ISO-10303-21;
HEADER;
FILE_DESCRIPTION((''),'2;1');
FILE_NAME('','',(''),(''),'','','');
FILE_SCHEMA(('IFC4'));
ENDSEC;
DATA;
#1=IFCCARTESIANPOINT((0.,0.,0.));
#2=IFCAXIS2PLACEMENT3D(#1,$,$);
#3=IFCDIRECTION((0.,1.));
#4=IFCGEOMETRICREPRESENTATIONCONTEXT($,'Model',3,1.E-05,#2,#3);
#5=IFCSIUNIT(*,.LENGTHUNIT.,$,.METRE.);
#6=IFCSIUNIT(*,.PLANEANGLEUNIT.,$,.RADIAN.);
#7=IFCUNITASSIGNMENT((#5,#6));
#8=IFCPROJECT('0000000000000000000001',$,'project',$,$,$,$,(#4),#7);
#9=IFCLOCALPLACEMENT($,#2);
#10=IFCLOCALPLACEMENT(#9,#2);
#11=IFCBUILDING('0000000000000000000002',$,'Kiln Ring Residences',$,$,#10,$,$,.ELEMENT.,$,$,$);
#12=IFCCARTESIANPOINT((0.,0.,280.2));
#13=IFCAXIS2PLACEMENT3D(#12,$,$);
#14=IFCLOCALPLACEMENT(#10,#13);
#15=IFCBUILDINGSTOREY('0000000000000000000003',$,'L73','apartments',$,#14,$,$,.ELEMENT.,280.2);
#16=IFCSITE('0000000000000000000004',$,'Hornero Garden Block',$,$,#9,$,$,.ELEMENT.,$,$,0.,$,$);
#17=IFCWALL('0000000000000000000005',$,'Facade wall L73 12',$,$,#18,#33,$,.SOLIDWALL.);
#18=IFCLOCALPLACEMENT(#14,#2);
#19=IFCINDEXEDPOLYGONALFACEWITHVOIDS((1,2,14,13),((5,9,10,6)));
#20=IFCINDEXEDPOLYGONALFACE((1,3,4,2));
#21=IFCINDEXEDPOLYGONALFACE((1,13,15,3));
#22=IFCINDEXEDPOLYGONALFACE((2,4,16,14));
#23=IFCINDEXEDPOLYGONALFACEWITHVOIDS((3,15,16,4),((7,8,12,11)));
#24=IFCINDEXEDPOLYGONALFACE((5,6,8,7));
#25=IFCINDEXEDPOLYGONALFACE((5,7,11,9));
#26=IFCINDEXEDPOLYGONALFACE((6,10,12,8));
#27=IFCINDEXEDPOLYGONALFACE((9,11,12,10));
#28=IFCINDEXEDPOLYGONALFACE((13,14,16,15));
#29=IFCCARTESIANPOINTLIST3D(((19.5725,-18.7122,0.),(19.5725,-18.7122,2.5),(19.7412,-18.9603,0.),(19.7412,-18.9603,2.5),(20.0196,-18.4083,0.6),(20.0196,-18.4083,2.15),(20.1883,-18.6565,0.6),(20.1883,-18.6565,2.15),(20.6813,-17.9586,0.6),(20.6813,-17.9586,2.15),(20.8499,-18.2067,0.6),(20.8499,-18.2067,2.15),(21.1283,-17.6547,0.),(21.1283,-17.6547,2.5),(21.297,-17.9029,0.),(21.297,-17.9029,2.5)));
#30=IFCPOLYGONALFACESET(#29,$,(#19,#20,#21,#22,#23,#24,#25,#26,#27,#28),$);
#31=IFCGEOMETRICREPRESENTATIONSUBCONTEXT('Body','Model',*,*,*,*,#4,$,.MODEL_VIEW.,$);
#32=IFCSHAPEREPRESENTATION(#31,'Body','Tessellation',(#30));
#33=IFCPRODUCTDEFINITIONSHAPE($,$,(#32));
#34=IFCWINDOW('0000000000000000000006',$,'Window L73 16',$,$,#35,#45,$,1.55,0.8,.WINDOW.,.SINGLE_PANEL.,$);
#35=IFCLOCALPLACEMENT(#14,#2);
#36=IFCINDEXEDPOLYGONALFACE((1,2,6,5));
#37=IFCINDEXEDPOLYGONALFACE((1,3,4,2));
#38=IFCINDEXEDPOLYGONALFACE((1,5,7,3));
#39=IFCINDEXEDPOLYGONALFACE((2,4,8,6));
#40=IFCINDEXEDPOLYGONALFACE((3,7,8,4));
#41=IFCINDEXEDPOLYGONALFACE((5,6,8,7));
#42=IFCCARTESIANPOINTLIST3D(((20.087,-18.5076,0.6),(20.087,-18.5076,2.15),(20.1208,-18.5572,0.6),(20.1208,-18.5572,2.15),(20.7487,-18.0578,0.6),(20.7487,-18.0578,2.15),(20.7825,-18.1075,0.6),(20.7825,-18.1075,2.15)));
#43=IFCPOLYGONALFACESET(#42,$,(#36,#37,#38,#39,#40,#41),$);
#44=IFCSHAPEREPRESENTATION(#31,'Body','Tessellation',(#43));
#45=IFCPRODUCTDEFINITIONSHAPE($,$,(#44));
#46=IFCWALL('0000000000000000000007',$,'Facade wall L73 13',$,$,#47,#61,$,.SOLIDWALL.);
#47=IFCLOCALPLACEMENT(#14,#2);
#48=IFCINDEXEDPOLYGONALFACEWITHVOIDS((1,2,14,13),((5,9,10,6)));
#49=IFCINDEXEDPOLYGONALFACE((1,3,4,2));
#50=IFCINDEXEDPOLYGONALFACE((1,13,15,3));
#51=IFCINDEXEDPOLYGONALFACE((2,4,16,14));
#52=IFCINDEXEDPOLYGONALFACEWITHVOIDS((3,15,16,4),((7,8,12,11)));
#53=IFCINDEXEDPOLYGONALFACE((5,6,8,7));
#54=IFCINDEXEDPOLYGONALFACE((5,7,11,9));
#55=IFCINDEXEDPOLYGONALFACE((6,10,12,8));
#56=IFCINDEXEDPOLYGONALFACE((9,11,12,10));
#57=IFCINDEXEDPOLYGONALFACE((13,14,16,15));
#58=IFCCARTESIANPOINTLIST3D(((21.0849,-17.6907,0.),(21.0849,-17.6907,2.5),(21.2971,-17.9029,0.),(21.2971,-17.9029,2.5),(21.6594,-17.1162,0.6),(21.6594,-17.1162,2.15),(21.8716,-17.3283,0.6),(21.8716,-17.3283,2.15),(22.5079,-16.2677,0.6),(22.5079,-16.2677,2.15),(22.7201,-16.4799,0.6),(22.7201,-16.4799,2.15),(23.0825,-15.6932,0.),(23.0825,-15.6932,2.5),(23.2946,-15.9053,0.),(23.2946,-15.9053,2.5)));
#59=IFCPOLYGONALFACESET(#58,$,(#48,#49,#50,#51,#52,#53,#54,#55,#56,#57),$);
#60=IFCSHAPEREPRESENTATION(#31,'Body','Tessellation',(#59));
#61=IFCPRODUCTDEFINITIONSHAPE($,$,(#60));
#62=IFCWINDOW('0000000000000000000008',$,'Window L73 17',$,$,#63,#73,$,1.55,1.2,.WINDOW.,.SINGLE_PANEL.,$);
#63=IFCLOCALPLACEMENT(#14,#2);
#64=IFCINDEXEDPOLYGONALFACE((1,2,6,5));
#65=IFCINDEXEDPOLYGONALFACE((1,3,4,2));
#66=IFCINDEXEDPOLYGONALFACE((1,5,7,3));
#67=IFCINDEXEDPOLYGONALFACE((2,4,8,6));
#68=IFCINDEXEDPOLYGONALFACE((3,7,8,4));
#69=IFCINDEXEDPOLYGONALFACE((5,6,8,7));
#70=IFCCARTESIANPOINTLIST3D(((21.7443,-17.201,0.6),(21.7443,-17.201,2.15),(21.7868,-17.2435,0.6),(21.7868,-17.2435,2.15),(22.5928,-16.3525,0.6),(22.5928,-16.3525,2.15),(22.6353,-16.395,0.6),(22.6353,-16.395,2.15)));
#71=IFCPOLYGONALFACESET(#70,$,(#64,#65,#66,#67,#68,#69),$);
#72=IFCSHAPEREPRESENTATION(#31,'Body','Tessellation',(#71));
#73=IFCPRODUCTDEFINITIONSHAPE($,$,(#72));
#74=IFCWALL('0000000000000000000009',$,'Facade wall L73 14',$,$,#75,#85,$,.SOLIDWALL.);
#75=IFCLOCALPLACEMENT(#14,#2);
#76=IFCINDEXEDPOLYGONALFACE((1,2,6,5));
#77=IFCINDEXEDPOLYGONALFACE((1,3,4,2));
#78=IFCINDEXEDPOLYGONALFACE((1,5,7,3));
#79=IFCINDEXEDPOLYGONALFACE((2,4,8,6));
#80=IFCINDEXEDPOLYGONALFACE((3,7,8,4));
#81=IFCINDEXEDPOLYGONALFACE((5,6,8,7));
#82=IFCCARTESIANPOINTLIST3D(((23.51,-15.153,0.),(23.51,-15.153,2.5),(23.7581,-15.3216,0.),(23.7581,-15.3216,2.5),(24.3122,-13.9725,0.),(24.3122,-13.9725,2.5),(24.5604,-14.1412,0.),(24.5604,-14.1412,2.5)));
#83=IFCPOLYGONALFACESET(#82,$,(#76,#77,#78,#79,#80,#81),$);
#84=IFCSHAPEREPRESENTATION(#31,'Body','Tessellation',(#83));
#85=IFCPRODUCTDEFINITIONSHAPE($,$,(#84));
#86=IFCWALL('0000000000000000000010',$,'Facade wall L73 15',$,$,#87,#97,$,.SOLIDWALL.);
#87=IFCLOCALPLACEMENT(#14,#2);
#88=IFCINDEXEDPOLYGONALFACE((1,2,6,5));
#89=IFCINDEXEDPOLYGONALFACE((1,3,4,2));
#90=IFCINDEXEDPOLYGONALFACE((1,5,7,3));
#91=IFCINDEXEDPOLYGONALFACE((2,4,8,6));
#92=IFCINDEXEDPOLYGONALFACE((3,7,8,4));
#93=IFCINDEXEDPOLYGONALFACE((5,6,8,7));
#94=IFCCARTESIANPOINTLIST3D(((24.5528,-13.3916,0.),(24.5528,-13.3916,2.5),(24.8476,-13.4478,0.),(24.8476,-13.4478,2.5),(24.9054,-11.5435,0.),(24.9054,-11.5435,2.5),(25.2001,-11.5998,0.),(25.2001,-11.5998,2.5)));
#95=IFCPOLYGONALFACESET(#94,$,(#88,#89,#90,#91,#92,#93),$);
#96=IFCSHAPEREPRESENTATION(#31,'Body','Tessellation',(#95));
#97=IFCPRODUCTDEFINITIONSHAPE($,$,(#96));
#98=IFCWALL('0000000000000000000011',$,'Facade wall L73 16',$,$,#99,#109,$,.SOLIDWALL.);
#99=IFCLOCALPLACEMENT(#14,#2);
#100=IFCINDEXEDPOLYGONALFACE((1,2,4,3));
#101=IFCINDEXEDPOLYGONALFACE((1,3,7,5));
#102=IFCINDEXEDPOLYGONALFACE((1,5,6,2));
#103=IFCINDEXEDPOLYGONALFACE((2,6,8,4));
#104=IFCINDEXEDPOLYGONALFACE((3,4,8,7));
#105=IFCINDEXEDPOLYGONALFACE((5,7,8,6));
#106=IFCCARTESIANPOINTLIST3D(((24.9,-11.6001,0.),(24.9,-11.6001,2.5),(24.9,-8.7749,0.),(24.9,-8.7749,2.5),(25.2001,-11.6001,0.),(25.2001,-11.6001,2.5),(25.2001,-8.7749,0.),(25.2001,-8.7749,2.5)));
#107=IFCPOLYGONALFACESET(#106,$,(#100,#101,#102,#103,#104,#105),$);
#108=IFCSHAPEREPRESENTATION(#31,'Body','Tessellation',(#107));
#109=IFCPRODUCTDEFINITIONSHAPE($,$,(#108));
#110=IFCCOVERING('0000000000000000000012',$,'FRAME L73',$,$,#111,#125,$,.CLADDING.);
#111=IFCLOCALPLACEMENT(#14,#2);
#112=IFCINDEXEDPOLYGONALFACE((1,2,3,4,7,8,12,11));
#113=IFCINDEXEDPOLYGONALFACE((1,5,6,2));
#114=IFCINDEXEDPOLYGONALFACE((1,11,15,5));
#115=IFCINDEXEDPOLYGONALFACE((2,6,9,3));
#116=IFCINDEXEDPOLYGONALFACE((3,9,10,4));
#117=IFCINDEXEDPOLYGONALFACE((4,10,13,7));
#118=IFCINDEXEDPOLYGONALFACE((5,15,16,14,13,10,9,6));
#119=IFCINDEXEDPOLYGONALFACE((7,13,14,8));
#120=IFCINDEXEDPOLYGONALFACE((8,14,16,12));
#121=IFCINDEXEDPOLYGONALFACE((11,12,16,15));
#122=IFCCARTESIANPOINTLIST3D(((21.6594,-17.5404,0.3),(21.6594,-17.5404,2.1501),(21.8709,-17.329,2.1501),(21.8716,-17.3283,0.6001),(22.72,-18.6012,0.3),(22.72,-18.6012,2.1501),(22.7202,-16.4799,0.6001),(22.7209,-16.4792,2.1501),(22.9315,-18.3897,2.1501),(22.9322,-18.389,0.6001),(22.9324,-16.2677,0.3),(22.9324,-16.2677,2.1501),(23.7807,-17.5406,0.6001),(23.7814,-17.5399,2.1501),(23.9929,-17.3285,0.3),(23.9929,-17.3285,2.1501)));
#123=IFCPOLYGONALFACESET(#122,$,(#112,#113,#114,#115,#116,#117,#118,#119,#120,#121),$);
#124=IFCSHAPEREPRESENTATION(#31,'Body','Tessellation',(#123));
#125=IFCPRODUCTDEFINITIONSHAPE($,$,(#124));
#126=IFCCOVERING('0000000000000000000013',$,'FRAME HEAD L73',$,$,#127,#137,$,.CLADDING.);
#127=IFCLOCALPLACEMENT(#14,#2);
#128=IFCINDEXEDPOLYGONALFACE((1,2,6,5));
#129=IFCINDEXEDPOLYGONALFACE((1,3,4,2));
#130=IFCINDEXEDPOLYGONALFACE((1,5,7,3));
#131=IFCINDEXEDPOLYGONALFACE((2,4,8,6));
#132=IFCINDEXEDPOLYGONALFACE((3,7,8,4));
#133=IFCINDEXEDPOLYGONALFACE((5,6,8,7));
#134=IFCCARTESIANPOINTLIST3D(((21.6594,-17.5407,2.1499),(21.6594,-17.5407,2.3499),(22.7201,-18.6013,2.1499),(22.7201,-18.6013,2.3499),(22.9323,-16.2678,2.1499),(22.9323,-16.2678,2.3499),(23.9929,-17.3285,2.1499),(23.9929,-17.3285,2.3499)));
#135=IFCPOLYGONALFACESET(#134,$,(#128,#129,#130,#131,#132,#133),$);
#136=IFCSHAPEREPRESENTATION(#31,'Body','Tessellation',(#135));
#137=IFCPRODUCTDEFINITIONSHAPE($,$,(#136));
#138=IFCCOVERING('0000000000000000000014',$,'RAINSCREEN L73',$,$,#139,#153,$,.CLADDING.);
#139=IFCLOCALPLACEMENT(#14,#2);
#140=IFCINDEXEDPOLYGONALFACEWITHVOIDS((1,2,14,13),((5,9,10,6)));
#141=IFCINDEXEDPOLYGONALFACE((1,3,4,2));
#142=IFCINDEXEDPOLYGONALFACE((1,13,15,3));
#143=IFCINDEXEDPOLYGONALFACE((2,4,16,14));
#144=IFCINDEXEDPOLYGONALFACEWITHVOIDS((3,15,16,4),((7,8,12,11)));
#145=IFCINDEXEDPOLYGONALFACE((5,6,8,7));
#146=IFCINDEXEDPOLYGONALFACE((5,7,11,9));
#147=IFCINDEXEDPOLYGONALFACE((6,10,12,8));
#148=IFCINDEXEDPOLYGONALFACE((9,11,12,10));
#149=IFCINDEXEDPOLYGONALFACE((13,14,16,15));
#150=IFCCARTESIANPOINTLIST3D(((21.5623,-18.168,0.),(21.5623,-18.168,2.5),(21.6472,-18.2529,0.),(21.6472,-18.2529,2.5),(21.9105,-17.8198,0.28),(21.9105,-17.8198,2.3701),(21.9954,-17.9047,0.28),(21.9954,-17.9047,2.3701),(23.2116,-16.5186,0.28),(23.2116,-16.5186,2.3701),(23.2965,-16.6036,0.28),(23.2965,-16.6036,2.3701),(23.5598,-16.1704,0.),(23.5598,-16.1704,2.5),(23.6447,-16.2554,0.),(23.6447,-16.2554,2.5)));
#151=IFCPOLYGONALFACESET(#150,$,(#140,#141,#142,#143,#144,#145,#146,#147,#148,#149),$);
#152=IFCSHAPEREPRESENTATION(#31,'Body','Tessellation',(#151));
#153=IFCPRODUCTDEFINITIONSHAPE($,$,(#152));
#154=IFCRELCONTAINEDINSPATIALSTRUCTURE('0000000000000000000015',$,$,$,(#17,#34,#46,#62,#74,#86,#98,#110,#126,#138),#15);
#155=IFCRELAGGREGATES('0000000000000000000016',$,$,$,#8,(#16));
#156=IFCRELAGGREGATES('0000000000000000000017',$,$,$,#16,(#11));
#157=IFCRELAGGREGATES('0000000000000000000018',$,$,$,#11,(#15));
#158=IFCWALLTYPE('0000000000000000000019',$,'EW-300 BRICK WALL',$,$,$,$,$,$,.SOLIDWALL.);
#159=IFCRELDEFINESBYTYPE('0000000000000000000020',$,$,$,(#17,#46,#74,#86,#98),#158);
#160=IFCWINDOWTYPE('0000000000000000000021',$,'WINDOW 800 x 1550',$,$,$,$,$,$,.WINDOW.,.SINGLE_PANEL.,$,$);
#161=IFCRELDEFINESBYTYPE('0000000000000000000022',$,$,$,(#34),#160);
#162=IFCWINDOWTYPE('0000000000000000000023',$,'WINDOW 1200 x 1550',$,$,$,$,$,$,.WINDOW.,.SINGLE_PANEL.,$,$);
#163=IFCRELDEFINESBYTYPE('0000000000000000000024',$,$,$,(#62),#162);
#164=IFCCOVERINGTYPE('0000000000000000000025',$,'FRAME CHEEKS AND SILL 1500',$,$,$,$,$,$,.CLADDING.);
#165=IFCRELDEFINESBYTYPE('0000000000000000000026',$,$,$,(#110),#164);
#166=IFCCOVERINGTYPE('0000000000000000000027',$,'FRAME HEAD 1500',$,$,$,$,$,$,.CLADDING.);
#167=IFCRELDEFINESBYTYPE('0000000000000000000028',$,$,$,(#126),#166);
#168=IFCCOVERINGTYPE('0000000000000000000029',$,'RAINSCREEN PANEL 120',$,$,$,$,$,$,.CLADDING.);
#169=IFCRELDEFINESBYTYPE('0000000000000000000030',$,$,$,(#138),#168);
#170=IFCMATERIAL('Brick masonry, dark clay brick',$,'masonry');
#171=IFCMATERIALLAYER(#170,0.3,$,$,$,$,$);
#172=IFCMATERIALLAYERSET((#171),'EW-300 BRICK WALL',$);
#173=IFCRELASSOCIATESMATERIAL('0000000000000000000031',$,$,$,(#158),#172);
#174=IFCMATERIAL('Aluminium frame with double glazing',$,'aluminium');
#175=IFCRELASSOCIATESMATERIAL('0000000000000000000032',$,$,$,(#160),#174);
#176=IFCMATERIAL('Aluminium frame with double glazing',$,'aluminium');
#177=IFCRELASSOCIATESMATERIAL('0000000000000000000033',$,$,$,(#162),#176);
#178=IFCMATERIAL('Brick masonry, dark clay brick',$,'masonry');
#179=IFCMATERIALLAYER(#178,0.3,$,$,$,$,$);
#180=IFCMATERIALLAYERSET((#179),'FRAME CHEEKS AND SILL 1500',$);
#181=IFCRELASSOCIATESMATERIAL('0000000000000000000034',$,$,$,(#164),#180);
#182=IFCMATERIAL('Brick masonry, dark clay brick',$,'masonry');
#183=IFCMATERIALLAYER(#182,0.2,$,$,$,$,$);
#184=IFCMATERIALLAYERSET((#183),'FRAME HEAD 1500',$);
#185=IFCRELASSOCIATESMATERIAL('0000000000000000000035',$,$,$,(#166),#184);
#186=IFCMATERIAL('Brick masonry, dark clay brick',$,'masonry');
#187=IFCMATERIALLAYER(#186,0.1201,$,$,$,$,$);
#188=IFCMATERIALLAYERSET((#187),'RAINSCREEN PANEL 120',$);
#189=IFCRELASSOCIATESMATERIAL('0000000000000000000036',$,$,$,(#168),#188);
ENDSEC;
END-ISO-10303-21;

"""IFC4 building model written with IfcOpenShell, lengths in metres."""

from ifc_helpers import new_model, si_unit, direction, frame, frame_2d, origin, origin_2d, place, context, subcontext, project, spatial, polyline, rectangle, outline, extrude, material, layer, layer_set, type_object, element, fill, save


model = new_model("IFC4")

# Units and contexts
model_context = context("Model", 3, precision=1e-05, world=origin(), true_north=direction((0.0, 1.0)))
body_context = subcontext(model_context, "Body", "Model", "MODEL_VIEW")
ifc_project = project(units=[si_unit("LENGTHUNIT", "METRE"), si_unit("PLANEANGLEUNIT", "RADIAN")], contexts=[model_context])

# Site, building, storey
site_placement = place(None, origin())
site = spatial("IfcSite", under=ifc_project, at=site_placement, Name="Hornero Garden Block", CompositionType="ELEMENT", RefElevation=0.0)
building_placement = place(site_placement, origin())
building = spatial("IfcBuilding", under=site, at=building_placement, Name="Kiln Ring Residences", CompositionType="ELEMENT")
storey_placement = place(building_placement, frame((0.0, 0.0, 280.2)))
storey = spatial("IfcBuildingStorey", under=building, at=storey_placement, Name="L73", Description="apartments", CompositionType="ELEMENT", Elevation=280.2)

# Walls, openings, windows
ifc_material_1 = material(Name="Brick masonry, dark clay brick", Category="masonry")
ifc_layer_1 = layer(ifc_material_1, 0.3)
ifc_layer_set_1 = layer_set([ifc_layer_1], Name="EW-300 BRICK WALL")
wall_type_1 = type_object("IfcWallType", Name="EW-300 BRICK WALL", PredefinedType="SOLIDWALL", material=ifc_layer_set_1)
wall_1_placement = place(storey_placement, frame((19.657, -18.8362, 0.0), z_axis=(0.0, 0.0, 1.0), x_axis=(0.827045, 0.562136, 0.0)))
wall_1 = element("IfcWall", 1, at=wall_1_placement, inside=storey, type_object=wall_type_1, Name="Facade wall L73 12", PredefinedType="SOLIDWALL", context=body_context, shape_type="SweptSolid", body=[
    extrude(rectangle(XDim=1.8811, YDim=0.3, at=frame_2d((0.9404, 0.0))), origin(), (0.0, 0.0, 1.0), 2.5),
])
opening_1_placement = place(wall_1_placement, frame((0.5405, 0.0, 0.6001)))
opening_1 = element("IfcOpeningElement", 2, at=opening_1_placement, cuts=wall_1, PredefinedType="OPENING", context=body_context, shape_type="SweptSolid", body=[
    extrude(rectangle(XDim=0.8, YDim=1.55, at=frame_2d((0.3999, 0.7749))), frame((0.0, 0.1599, 0.0), z_axis=(0.0, -1.0, 0.0), x_axis=(1.0, 0.0, 0.0)), (0.0, 0.0, 1.0), 0.3201),
])
ifc_material_2 = material(Name="Aluminium frame with double glazing", Category="aluminium")
window_type_1 = type_object("IfcWindowType", Name="WINDOW 800 x 1550", PartitioningType="SINGLE_PANEL", PredefinedType="WINDOW", material=ifc_material_2)
window_1_placement = place(opening_1_placement, origin())
window_1 = element("IfcWindow", 3, at=window_1_placement, inside=storey, type_object=window_type_1, Name="Window L73 16", OverallHeight=1.55, OverallWidth=0.8, PartitioningType="SINGLE_PANEL", PredefinedType="WINDOW", context=body_context, shape_type="SweptSolid", body=[
    extrude(rectangle(XDim=0.8, YDim=1.55, at=frame_2d((0.3999, 0.7749))), frame((0.0, 0.03, 0.0), z_axis=(0.0, -1.0, 0.0), x_axis=(1.0, 0.0, 0.0)), (0.0, 0.0, 1.0), 0.0601),
])
fill(opening_1, window_1)
wall_2_placement = place(storey_placement, frame((21.1909, -17.7969, 0.0), z_axis=(0.0, 0.0, 1.0), x_axis=(0.707107, 0.707107, 0.0)))
wall_2 = element("IfcWall", 4, at=wall_2_placement, inside=storey, type_object=wall_type_1, Name="Facade wall L73 13", PredefinedType="SOLIDWALL", context=body_context, shape_type="SweptSolid", body=[
    extrude(rectangle(XDim=2.825, YDim=0.3, at=frame_2d((1.4126, 0.0))), origin(), (0.0, 0.0, 1.0), 2.5),
])
opening_2_placement = place(wall_2_placement, frame((0.8125, 0.0, 0.6001)))
opening_2 = element("IfcOpeningElement", 5, at=opening_2_placement, cuts=wall_2, PredefinedType="OPENING", context=body_context, shape_type="SweptSolid", body=[
    extrude(rectangle(XDim=1.2, YDim=1.55, at=frame_2d((0.6001, 0.7749))), frame((0.0, 0.1599, 0.0), z_axis=(0.0, -1.0, 0.0), x_axis=(1.0, 0.0, 0.0)), (0.0, 0.0, 1.0), 0.3201),
])
ifc_material_3 = material(Name="Aluminium frame with double glazing", Category="aluminium")
window_type_2 = type_object("IfcWindowType", Name="WINDOW 1200 x 1550", PartitioningType="SINGLE_PANEL", PredefinedType="WINDOW", material=ifc_material_3)
window_2_placement = place(opening_2_placement, origin())
window_2 = element("IfcWindow", 6, at=window_2_placement, inside=storey, type_object=window_type_2, Name="Window L73 17", OverallHeight=1.55, OverallWidth=1.2, PartitioningType="SINGLE_PANEL", PredefinedType="WINDOW", context=body_context, shape_type="SweptSolid", body=[
    extrude(rectangle(XDim=1.2, YDim=1.55, at=frame_2d((0.6001, 0.7749))), frame((0.0, 0.03, 0.0), z_axis=(0.0, -1.0, 0.0), x_axis=(1.0, 0.0, 0.0)), (0.0, 0.0, 1.0), 0.0601),
])
fill(opening_2, window_2)

# Walls
wall_3_placement = place(storey_placement, frame((23.634, -15.2373, 0.0), z_axis=(0.0, 0.0, 1.0), x_axis=(0.562099, 0.82707, 0.0)))
element("IfcWall", 7, at=wall_3_placement, inside=storey, type_object=wall_type_1, Name="Facade wall L73 14", PredefinedType="SOLIDWALL", context=body_context, shape_type="SweptSolid", body=[
    extrude(rectangle(XDim=1.4272, YDim=0.3, at=frame_2d((0.7136, 0.0))), origin(), (0.0, 0.0, 1.0), 2.5),
])
wall_4_placement = place(storey_placement, frame((24.7002, -13.4197, 0.0), z_axis=(0.0, 0.0, 1.0), x_axis=(0.187398, 0.982284, 0.0)))
element("IfcWall", 8, at=wall_4_placement, inside=storey, type_object=wall_type_1, Name="Facade wall L73 15", PredefinedType="SOLIDWALL", context=body_context, shape_type="SweptSolid", body=[
    extrude(rectangle(XDim=1.8813, YDim=0.3, at=frame_2d((0.9407, 0.0))), origin(), (0.0, 0.0, 1.0), 2.5),
])
wall_5_placement = place(storey_placement, frame((25.05, -11.6001, 0.0), z_axis=(0.0, 0.0, 1.0), x_axis=(0.0, 1.0, 0.0)))
element("IfcWall", 9, at=wall_5_placement, inside=storey, type_object=wall_type_1, Name="Facade wall L73 16", PredefinedType="SOLIDWALL", context=body_context, shape_type="SweptSolid", body=[
    extrude(rectangle(XDim=2.8252, YDim=0.3, at=frame_2d((1.4126, 0.0))), origin(), (0.0, 0.0, 1.0), 2.5),
])

# Coverings
ifc_material_4 = material(Name="Brick masonry, dark clay brick", Category="masonry")
ifc_layer_2 = layer(ifc_material_4, 0.3)
ifc_layer_set_2 = layer_set([ifc_layer_2], Name="FRAME CHEEKS AND SILL 1500")
covering_type_1 = type_object("IfcCoveringType", Name="FRAME CHEEKS AND SILL 1500", PredefinedType="CLADDING", material=ifc_layer_set_2)
covering_1_placement = place(storey_placement, frame((22.1897, -18.0708, 0.3), z_axis=(0.0, 0.0, 1.0), x_axis=(0.707175, 0.707039, 0.0)))
element("IfcCovering", 10, at=covering_1_placement, inside=storey, type_object=covering_type_1, Name="FRAME L73", PredefinedType="CLADDING", context=body_context, shape_type="SweptSolid", body=[
    extrude(outline(polyline([(0.0, 0.0), (1.8, 0.0), (1.8, 1.8501), (1.501, 1.8501), (1.5, 0.3), (0.3, 0.3), (0.2991, 1.8501), (0.0, 1.8501), (0.0, 0.0)])), frame((0.0, 0.75, 0.0), z_axis=(0.0, -1.0, 0.0), x_axis=(1.0, 0.0, 0.0)), (0.0, 0.0, 1.0), 1.5),
])
ifc_material_5 = material(Name="Brick masonry, dark clay brick", Category="masonry")
ifc_layer_3 = layer(ifc_material_5, 0.2)
ifc_layer_set_3 = layer_set([ifc_layer_3], Name="FRAME HEAD 1500")
covering_type_2 = type_object("IfcCoveringType", Name="FRAME HEAD 1500", PredefinedType="CLADDING", material=ifc_layer_set_3)
covering_2_placement = place(storey_placement, frame((22.8262, -17.4346, 2.1499), z_axis=(0.0, 0.0, 1.0), x_axis=(0.707107, 0.707107, 0.0)))
element("IfcCovering", 11, at=covering_2_placement, inside=storey, type_object=covering_type_2, Name="FRAME HEAD L73", PredefinedType="CLADDING", context=body_context, shape_type="SweptSolid", body=[
    extrude(rectangle(XDim=1.8, YDim=1.5, at=origin_2d()), origin(), (0.0, 0.0, 1.0), 0.2),
])
ifc_material_6 = material(Name="Brick masonry, dark clay brick", Category="masonry")
ifc_layer_4 = layer(ifc_material_6, 0.1201)
ifc_layer_set_4 = layer_set([ifc_layer_4], Name="RAINSCREEN PANEL 120")
covering_type_3 = type_object("IfcCoveringType", Name="RAINSCREEN PANEL 120", PredefinedType="CLADDING", material=ifc_layer_set_4)
covering_3_placement = place(storey_placement, frame((21.6047, -18.2104, 0.0), z_axis=(0.0, 0.0, 1.0), x_axis=(0.707107, 0.707107, 0.0)))
element("IfcCovering", 12, at=covering_3_placement, inside=storey, type_object=covering_type_3, Name="RAINSCREEN L73", PredefinedType="CLADDING", context=body_context, shape_type="SweptSolid", body=[
    extrude(outline(polyline([(0.0, 0.0), (2.825, 0.0), (2.825, 2.5), (0.0, 2.5), (0.0, 0.0)]), holes=[polyline([(0.4924, 2.3701), (0.4924, 0.28), (2.3325, 0.28), (2.3325, 2.3701), (0.4924, 2.3701)])]), frame((0.0, 0.0601, 0.0), z_axis=(0.0, -1.0, 0.0), x_axis=(1.0, 0.0, 0.0)), (0.0, 0.0, 1.0), 0.1201),
])

save(model, "model.ifc")
